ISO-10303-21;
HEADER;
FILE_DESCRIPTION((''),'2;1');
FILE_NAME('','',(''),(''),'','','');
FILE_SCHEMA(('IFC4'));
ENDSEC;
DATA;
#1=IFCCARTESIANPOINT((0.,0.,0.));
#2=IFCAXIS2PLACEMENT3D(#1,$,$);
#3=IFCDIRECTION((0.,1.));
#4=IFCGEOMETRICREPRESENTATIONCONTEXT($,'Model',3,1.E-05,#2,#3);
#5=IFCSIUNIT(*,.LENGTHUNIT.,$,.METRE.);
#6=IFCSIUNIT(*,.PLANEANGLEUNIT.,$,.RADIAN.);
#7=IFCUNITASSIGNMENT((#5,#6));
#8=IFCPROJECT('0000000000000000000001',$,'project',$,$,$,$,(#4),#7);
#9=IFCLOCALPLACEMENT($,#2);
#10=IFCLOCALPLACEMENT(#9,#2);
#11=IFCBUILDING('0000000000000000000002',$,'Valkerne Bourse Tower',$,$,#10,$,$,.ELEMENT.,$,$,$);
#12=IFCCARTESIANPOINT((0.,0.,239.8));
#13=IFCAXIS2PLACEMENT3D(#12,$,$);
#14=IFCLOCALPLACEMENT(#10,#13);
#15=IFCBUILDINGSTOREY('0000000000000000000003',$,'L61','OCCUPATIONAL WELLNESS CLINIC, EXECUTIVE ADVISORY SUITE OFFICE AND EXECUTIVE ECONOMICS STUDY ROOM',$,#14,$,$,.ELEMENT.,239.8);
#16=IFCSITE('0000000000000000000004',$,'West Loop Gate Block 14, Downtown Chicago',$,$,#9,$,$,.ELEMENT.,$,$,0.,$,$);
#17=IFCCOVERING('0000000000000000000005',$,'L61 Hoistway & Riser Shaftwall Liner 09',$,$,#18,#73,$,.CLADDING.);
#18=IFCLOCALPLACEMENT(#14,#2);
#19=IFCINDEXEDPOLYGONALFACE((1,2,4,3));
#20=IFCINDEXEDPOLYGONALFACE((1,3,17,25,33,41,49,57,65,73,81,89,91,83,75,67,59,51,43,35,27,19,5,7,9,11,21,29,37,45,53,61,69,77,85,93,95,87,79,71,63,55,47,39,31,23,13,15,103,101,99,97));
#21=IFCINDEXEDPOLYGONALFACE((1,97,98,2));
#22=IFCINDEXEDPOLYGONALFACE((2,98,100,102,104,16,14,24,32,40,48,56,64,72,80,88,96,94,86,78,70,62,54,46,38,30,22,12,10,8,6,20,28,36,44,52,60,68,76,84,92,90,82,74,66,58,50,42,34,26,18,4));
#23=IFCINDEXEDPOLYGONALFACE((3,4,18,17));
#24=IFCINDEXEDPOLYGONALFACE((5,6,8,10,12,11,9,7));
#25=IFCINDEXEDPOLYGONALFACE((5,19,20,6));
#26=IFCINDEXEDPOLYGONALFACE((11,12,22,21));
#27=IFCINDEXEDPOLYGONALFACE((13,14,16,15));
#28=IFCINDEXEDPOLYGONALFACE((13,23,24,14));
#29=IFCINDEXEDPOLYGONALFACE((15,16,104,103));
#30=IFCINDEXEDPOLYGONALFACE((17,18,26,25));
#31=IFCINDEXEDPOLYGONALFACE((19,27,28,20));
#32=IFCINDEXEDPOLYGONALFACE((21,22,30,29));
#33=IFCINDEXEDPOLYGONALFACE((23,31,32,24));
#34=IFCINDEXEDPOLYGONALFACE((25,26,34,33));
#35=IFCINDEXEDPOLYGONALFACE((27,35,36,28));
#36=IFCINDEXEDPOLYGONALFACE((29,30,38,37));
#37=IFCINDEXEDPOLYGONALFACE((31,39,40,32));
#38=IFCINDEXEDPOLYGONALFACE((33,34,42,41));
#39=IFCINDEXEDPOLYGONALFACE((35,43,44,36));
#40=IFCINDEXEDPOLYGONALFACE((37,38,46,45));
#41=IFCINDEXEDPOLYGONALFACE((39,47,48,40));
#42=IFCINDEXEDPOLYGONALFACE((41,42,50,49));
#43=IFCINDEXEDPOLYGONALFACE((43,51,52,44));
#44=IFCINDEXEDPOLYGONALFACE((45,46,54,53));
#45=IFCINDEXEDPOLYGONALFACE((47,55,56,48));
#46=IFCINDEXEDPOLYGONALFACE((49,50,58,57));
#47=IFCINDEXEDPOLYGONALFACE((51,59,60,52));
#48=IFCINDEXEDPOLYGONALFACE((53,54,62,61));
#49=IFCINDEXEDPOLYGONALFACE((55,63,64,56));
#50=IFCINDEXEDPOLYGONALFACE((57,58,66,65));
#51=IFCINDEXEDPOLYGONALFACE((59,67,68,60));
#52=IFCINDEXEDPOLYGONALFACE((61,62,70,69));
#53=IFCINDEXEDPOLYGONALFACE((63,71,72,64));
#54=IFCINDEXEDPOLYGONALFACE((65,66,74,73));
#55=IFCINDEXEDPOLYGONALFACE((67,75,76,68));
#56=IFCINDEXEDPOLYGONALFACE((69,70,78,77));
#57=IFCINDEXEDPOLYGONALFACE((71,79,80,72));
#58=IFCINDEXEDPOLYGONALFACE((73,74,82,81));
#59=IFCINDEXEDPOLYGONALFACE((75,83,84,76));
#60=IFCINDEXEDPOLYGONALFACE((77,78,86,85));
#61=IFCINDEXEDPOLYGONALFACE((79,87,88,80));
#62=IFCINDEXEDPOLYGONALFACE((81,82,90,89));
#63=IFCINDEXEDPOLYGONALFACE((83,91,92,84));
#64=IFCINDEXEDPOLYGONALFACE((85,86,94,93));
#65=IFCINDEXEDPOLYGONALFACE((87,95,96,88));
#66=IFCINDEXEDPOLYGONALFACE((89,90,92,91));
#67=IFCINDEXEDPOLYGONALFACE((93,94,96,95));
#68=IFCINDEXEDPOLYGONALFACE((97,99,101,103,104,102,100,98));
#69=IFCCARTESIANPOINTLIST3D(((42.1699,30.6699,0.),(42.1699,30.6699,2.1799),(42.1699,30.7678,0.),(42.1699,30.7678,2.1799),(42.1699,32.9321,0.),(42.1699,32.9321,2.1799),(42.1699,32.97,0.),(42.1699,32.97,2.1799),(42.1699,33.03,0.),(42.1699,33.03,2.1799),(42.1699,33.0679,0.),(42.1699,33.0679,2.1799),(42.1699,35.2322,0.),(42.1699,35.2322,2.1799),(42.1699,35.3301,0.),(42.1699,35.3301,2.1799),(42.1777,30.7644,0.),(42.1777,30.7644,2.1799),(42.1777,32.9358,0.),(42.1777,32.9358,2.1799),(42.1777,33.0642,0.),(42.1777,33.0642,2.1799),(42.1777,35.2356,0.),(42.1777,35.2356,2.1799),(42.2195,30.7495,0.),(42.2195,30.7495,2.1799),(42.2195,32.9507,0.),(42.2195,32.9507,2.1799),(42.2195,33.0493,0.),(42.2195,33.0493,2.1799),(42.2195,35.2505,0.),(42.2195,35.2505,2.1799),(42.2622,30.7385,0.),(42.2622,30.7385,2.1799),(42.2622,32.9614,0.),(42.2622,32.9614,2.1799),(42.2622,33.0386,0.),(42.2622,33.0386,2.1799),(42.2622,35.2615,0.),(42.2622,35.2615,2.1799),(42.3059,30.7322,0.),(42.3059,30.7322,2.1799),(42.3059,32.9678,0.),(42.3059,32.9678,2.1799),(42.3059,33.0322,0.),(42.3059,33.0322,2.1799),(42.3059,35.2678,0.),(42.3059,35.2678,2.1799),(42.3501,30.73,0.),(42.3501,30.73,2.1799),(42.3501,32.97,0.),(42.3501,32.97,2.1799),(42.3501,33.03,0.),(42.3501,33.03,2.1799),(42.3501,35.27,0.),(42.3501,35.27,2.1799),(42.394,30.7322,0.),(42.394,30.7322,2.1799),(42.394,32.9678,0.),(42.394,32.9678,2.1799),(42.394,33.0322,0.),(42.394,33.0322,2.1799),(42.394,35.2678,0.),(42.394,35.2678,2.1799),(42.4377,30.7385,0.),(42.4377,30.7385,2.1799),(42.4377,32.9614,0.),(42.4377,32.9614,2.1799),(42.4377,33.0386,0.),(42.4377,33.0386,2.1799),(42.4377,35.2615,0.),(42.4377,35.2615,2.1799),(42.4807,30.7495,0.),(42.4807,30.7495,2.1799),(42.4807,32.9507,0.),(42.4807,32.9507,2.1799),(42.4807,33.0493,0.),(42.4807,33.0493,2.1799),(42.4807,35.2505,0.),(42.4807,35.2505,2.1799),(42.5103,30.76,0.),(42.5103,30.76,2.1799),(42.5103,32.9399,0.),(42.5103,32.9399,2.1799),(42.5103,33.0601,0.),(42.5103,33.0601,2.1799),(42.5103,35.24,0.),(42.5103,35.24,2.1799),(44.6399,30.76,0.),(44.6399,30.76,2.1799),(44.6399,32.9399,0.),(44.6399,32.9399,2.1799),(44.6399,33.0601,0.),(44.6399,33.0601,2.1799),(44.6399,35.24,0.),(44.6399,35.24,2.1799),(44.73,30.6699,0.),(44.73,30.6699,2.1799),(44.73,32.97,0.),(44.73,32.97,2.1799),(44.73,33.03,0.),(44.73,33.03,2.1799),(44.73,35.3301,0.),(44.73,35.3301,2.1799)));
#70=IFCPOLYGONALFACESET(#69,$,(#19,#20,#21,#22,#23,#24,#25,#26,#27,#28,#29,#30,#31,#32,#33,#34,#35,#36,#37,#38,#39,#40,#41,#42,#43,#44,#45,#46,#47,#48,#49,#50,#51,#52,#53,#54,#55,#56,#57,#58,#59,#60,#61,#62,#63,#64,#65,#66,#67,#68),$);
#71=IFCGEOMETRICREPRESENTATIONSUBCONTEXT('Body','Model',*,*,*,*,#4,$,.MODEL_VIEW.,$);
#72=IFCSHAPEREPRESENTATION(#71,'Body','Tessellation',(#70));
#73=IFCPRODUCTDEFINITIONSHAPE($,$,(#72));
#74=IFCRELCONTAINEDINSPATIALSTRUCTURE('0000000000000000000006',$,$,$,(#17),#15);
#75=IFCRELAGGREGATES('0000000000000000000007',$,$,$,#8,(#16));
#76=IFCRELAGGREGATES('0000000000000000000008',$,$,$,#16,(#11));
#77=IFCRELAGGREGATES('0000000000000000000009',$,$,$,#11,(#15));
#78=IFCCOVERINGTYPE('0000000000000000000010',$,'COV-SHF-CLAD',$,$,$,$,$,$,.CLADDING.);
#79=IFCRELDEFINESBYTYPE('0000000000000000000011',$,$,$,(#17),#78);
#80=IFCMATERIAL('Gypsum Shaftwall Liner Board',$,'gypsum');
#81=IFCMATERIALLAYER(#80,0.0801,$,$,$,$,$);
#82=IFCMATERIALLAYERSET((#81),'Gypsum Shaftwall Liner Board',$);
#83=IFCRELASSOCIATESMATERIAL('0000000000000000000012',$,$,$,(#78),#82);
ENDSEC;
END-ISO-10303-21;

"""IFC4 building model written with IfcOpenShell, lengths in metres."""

from ifc_helpers import new_model, si_unit, direction, frame, origin, place, context, subcontext, project, spatial, polyline, outline, extrude, material, layer, layer_set, type_object, element, save


model = new_model("IFC4")

# Units and contexts
model_context = context("Model", 3, precision=1e-05, world=origin(), true_north=direction((0.0, 1.0)))
body_context = subcontext(model_context, "Body", "Model", "MODEL_VIEW")
ifc_project = project(units=[si_unit("LENGTHUNIT", "METRE"), si_unit("PLANEANGLEUNIT", "RADIAN")], contexts=[model_context])

# Site, building, storey
site_placement = place(None, origin())
site = spatial("IfcSite", under=ifc_project, at=site_placement, Name="West Loop Gate Block 14, Downtown Chicago", CompositionType="ELEMENT", RefElevation=0.0)
building_placement = place(site_placement, origin())
building = spatial("IfcBuilding", under=site, at=building_placement, Name="Valkerne Bourse Tower", CompositionType="ELEMENT")
storey_placement = place(building_placement, frame((0.0, 0.0, 239.8)))
storey = spatial("IfcBuildingStorey", under=building, at=storey_placement, Name="L61", Description="OCCUPATIONAL WELLNESS CLINIC, EXECUTIVE ADVISORY SUITE OFFICE AND EXECUTIVE ECONOMICS STUDY ROOM", CompositionType="ELEMENT", Elevation=239.8)

# Covering
ifc_material_1 = material(Name="Gypsum Shaftwall Liner Board", Category="gypsum")
ifc_layer_1 = layer(ifc_material_1, 0.0801)
ifc_layer_set_1 = layer_set([ifc_layer_1], Name="Gypsum Shaftwall Liner Board")
covering_type_1 = type_object("IfcCoveringType", Name="COV-SHF-CLAD", PredefinedType="CLADDING", material=ifc_layer_set_1)
covering_1_placement = place(storey_placement, origin())
element("IfcCovering", 1, at=covering_1_placement, inside=storey, type_object=covering_type_1, Name="L61 Hoistway & Riser Shaftwall Liner 09", PredefinedType="CLADDING", context=body_context, shape_type="SweptSolid", body=[
    extrude(outline(polyline([(42.1699, 33.0679), (42.1777, 33.0642), (42.2195, 33.0493), (42.2622, 33.0386), (42.3059, 33.0322), (42.3501, 33.03), (42.394, 33.0322), (42.4377, 33.0386), (42.4807, 33.0493), (42.5103, 33.0601), (44.6399, 33.0601), (44.6399, 35.24), (42.5103, 35.24), (42.4807, 35.2505), (42.4377, 35.2615), (42.394, 35.2678), (42.3501, 35.27), (42.3059, 35.2678), (42.2622, 35.2615), (42.2195, 35.2505), (42.1777, 35.2356), (42.1699, 35.2322), (42.1699, 35.3301), (44.73, 35.3301), (44.73, 33.03), (44.73, 32.97), (44.73, 30.6699), (42.1699, 30.6699), (42.1699, 30.7678), (42.1777, 30.7644), (42.2195, 30.7495), (42.2622, 30.7385), (42.3059, 30.7322), (42.3501, 30.73), (42.394, 30.7322), (42.4377, 30.7385), (42.4807, 30.7495), (42.5103, 30.76), (44.6399, 30.76), (44.6399, 32.9399), (42.5103, 32.9399), (42.4807, 32.9507), (42.4377, 32.9614), (42.394, 32.9678), (42.3501, 32.97), (42.3059, 32.9678), (42.2622, 32.9614), (42.2195, 32.9507), (42.1777, 32.9358), (42.1699, 32.9321), (42.1699, 32.97), (42.1699, 33.03), (42.1699, 33.0679)])), origin(), (0.0, 0.0, 1.0), 2.1799),
])

save(model, "model.ifc")
